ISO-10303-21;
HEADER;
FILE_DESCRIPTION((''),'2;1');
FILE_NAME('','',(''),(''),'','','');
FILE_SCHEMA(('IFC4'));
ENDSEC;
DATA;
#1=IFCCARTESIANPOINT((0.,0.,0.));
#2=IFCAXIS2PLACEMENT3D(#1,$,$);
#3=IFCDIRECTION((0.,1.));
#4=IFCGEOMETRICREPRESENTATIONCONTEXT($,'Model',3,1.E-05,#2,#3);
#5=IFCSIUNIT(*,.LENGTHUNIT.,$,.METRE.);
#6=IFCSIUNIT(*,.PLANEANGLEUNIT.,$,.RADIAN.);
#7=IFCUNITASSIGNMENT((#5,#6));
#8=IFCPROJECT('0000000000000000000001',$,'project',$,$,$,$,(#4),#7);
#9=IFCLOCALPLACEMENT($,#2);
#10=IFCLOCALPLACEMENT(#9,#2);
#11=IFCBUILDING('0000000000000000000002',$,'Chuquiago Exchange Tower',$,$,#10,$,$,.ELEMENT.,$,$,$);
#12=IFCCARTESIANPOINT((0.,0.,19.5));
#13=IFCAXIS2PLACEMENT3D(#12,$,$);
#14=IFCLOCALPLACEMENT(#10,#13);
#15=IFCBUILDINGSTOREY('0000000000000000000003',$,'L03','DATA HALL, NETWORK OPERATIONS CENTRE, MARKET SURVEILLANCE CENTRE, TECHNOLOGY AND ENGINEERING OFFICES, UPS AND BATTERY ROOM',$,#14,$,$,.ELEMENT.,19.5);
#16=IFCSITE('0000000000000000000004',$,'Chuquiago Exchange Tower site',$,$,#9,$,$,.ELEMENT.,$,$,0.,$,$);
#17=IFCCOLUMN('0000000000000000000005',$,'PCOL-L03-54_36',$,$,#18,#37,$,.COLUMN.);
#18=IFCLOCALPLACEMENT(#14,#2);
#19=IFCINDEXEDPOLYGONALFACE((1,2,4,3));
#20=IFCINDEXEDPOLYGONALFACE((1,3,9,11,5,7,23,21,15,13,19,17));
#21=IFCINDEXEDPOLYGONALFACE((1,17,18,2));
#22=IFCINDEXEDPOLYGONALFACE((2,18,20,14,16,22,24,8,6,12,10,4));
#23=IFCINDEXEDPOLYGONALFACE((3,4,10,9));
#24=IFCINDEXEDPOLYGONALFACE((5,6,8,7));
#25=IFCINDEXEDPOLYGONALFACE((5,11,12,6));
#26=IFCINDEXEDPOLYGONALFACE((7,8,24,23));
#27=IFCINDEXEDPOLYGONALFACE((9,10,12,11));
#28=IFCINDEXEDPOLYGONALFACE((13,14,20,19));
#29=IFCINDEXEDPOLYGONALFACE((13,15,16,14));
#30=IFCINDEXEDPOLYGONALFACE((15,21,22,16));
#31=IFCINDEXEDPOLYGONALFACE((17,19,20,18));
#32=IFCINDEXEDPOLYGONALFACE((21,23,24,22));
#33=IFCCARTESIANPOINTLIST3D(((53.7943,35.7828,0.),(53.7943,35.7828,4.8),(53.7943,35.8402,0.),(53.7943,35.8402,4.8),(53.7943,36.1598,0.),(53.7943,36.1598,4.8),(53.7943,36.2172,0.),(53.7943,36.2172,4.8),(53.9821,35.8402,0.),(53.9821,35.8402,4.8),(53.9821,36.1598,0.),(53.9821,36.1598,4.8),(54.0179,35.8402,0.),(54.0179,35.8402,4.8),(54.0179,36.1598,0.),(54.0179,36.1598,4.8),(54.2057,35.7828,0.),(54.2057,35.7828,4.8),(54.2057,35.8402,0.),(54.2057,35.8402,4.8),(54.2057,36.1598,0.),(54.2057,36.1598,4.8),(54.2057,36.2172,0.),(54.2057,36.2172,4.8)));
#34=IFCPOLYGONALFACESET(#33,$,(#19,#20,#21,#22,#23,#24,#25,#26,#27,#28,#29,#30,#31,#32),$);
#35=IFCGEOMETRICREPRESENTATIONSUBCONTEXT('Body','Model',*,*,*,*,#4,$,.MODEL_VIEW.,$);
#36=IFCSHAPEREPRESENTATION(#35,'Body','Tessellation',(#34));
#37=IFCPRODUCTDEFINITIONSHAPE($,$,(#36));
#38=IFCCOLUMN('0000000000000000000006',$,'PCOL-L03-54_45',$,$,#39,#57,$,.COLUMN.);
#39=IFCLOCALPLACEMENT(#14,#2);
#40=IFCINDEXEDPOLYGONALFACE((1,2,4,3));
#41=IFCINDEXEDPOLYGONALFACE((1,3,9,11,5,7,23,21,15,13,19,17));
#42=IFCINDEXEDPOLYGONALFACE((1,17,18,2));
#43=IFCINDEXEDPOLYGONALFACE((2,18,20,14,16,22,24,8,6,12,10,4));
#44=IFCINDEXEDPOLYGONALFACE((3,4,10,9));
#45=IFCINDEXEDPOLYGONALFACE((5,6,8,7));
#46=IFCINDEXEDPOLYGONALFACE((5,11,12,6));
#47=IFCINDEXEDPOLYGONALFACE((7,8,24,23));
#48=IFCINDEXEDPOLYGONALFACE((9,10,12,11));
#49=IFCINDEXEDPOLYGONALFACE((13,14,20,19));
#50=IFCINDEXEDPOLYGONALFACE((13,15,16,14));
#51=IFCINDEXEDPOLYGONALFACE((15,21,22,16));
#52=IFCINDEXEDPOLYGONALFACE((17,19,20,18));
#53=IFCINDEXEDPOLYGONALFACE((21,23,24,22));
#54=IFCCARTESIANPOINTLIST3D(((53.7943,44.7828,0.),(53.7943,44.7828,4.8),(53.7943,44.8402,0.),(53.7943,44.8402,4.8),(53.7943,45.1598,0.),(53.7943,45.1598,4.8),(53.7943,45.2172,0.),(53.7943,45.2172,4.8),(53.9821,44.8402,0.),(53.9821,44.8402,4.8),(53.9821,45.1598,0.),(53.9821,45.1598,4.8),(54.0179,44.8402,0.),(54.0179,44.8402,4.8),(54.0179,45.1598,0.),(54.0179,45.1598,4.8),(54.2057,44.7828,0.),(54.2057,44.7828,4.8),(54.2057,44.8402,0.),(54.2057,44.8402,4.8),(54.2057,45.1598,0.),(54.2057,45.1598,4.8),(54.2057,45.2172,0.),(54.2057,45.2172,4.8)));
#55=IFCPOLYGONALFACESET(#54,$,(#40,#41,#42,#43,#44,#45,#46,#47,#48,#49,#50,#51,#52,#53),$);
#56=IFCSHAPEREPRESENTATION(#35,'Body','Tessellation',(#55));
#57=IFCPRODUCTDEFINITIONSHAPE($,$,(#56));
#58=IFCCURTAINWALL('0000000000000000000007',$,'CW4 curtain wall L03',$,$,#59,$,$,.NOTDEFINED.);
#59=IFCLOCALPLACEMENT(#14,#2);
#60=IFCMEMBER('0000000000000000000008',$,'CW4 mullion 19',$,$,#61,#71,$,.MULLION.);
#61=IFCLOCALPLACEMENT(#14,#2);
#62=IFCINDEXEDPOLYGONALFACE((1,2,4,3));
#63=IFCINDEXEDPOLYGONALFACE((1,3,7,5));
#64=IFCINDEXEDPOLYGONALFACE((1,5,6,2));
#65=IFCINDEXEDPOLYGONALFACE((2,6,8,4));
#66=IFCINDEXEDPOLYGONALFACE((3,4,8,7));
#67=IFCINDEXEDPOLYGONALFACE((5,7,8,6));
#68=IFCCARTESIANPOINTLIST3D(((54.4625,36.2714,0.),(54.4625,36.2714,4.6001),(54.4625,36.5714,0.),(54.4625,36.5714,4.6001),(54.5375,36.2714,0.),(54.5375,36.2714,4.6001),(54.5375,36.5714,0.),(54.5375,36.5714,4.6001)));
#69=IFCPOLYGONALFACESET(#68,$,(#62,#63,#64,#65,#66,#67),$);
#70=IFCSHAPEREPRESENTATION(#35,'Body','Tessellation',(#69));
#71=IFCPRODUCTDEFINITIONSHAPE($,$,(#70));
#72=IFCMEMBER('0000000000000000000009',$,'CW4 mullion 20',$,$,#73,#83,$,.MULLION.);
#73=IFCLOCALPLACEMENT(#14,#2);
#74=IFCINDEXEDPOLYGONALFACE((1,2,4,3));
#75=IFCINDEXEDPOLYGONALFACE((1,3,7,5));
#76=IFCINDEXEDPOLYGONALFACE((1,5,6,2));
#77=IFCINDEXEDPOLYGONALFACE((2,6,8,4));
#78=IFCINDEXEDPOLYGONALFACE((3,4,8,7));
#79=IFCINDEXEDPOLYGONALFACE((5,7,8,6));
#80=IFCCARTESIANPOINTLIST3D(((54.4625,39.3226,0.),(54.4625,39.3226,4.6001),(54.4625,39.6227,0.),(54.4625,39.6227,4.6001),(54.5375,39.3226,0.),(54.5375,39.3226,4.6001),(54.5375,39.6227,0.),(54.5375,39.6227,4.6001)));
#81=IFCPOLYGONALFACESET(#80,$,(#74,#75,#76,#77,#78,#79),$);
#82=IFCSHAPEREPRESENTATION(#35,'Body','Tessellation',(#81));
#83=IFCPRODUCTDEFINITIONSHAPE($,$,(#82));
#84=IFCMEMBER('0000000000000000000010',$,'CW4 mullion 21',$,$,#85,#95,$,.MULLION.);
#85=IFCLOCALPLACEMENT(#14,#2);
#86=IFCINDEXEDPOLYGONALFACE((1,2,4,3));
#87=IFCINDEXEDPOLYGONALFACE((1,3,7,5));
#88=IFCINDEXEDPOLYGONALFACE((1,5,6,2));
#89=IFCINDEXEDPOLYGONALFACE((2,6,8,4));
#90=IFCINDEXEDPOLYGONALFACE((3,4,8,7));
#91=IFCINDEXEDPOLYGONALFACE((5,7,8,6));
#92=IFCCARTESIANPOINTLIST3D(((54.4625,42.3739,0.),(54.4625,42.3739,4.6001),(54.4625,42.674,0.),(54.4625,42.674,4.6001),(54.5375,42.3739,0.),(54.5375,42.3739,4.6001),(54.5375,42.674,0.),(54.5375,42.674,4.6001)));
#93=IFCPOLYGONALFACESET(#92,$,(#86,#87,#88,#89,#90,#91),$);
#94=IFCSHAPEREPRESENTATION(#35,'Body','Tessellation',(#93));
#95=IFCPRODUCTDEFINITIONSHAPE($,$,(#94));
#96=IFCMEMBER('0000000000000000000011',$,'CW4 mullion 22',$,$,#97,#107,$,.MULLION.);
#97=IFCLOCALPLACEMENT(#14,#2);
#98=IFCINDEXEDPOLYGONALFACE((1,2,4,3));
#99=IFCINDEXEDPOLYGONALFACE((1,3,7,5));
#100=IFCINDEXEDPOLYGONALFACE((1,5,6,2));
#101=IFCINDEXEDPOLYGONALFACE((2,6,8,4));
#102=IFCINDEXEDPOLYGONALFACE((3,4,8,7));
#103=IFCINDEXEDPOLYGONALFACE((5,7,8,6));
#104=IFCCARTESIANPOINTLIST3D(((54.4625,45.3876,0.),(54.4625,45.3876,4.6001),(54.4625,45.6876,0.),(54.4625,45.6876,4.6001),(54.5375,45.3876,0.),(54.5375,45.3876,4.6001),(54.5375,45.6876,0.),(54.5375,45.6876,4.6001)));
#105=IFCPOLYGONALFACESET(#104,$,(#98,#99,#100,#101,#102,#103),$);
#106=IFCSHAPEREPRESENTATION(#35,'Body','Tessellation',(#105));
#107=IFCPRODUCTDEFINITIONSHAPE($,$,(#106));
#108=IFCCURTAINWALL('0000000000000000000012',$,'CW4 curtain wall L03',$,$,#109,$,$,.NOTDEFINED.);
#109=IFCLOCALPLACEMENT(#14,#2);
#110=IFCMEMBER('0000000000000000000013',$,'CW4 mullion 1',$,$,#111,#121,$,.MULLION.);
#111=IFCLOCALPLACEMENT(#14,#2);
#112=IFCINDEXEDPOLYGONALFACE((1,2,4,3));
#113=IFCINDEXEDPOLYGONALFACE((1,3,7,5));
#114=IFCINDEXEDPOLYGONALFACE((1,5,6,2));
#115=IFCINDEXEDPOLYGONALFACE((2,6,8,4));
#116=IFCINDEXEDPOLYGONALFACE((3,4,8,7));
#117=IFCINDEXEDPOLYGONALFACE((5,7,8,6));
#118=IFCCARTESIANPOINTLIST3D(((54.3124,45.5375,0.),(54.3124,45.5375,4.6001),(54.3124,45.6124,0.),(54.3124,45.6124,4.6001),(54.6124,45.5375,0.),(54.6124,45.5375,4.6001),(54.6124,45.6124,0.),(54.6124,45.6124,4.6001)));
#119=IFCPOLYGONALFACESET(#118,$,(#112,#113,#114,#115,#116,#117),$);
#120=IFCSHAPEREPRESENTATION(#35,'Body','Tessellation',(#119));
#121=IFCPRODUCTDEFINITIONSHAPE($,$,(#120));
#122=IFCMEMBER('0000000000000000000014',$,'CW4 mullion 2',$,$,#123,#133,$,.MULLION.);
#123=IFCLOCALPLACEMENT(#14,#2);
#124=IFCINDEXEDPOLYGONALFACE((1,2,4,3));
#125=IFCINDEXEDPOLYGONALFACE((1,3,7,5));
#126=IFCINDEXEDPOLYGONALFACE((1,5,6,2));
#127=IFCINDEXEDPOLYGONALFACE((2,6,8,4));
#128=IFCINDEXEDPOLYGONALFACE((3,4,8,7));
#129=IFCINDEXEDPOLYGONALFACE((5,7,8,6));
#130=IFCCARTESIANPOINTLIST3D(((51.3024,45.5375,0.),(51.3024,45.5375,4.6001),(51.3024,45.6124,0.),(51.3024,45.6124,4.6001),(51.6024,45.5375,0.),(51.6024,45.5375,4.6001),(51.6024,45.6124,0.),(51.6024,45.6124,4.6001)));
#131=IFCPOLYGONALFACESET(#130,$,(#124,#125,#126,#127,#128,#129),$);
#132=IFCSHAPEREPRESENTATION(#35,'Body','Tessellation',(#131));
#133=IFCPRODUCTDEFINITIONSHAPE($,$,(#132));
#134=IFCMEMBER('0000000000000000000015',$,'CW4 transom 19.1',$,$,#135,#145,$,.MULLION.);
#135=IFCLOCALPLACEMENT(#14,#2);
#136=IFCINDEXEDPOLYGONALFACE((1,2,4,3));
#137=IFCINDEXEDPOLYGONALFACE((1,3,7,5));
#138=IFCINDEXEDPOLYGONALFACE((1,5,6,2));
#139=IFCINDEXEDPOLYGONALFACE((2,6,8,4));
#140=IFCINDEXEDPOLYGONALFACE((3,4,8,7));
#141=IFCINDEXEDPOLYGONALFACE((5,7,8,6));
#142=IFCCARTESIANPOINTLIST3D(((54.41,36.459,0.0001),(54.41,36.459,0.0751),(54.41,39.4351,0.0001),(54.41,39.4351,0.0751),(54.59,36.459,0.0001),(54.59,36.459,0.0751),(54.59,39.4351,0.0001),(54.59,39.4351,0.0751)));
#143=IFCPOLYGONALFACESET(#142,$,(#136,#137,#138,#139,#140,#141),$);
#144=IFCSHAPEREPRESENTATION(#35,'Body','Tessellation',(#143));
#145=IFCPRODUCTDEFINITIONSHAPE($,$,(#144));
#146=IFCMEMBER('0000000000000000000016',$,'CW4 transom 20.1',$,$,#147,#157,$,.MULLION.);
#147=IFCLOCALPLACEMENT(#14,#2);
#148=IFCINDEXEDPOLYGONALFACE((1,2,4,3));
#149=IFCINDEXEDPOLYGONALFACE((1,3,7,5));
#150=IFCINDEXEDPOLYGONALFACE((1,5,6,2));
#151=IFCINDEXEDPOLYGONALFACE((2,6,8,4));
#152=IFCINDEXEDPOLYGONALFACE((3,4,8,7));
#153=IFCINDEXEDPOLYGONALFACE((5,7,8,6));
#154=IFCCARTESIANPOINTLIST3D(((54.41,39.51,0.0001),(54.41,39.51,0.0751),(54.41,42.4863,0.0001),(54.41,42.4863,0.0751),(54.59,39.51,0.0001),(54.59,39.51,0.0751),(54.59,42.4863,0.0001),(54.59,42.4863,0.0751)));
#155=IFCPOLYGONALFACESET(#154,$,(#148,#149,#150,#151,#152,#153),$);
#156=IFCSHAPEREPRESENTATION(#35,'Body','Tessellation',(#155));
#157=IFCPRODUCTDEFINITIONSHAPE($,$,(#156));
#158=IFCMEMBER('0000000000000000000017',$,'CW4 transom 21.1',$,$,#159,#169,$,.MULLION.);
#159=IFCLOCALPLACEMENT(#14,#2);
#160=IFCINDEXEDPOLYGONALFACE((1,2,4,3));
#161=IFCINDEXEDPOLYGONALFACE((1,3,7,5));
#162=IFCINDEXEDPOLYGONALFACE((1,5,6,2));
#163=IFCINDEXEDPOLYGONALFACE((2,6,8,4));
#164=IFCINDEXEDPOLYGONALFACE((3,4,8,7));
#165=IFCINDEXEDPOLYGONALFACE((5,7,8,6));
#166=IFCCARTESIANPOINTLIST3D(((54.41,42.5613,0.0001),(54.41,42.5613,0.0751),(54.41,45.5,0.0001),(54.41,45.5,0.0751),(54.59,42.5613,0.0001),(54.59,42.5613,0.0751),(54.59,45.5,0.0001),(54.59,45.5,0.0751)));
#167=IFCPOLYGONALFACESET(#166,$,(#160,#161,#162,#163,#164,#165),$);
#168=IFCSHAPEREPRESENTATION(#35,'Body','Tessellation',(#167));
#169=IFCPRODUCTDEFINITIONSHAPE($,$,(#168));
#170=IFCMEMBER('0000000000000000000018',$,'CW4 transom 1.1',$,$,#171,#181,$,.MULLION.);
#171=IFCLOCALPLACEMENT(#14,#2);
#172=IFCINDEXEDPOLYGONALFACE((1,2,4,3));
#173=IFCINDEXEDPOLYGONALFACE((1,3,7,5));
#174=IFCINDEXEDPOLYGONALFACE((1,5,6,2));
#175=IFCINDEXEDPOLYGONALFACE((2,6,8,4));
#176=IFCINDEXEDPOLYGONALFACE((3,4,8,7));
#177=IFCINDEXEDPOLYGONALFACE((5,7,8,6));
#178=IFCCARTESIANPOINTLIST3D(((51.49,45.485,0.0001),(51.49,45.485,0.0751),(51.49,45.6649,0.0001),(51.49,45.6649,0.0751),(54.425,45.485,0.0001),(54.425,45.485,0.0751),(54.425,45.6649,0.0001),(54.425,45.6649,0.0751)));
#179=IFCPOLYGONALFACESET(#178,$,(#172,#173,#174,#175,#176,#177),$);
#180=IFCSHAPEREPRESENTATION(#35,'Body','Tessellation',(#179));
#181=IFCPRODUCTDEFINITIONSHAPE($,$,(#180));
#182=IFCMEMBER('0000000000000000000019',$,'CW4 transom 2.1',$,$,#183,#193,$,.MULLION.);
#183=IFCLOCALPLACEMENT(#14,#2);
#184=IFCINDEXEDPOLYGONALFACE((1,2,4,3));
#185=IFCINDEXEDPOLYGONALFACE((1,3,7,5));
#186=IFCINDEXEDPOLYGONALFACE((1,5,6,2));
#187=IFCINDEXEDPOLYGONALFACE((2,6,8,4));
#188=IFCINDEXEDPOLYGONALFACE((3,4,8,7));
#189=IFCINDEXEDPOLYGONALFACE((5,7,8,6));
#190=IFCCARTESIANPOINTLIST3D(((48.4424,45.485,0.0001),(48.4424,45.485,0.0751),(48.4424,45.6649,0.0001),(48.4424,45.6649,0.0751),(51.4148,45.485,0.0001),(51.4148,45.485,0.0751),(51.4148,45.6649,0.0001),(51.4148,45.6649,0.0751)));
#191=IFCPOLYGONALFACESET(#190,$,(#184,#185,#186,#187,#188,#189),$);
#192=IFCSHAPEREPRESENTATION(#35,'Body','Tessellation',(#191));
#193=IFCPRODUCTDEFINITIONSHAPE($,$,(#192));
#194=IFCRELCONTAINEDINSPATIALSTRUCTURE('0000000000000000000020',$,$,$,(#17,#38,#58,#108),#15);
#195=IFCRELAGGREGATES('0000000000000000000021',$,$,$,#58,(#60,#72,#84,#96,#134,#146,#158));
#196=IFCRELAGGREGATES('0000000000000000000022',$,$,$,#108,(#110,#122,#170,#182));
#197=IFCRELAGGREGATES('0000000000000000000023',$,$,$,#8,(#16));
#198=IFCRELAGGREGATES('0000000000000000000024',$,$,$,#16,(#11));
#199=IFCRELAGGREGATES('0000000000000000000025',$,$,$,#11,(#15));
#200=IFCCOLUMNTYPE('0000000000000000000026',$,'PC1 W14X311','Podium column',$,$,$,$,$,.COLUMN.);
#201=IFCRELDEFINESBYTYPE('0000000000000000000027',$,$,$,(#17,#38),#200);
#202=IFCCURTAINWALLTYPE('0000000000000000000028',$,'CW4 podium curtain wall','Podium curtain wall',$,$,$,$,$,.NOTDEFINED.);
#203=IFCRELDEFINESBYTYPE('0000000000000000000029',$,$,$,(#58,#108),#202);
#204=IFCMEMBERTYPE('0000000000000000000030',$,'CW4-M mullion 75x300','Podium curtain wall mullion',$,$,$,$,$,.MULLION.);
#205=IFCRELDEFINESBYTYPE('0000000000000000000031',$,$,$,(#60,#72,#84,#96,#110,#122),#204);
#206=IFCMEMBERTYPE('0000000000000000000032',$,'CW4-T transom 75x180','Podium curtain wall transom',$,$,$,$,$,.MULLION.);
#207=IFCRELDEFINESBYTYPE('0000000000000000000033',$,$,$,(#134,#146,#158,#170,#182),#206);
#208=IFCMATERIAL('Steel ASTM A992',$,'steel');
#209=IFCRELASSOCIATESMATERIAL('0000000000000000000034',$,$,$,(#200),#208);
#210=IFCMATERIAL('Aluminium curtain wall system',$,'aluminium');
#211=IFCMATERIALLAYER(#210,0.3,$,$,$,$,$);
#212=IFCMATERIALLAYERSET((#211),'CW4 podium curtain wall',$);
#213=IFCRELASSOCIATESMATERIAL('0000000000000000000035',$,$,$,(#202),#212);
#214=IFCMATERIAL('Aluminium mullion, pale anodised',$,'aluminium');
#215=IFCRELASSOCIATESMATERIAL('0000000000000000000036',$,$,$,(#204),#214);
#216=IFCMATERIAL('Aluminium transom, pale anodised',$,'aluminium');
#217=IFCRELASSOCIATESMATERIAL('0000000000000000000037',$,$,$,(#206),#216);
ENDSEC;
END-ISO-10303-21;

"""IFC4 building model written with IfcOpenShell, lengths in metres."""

from ifc_helpers import new_model, si_unit, direction, frame, origin, origin_2d, place, context, subcontext, project, spatial, rectangle, i_section, extrude, material, layer, layer_set, material_profile, profile_set, type_object, element, aggregate, save


model = new_model("IFC4")

# Units and contexts
model_context = context("Model", 3, precision=1e-05, world=origin(), true_north=direction((0.0, 1.0)))
body_context = subcontext(model_context, "Body", "Model", "MODEL_VIEW")
ifc_project = project(units=[si_unit("LENGTHUNIT", "METRE"), si_unit("PLANEANGLEUNIT", "RADIAN")], contexts=[model_context])

# Site, building, storey
site_placement = place(None, origin())
site = spatial("IfcSite", under=ifc_project, at=site_placement, Name="Chuquiago Exchange Tower site", CompositionType="ELEMENT", RefElevation=0.0)
building_placement = place(site_placement, origin())
building = spatial("IfcBuilding", under=site, at=building_placement, Name="Chuquiago Exchange Tower", CompositionType="ELEMENT")
storey_placement = place(building_placement, frame((0.0, 0.0, 19.5)))
storey = spatial("IfcBuildingStorey", under=building, at=storey_placement, Name="L03", Description="DATA HALL, NETWORK OPERATIONS CENTRE, MARKET SURVEILLANCE CENTRE, TECHNOLOGY AND ENGINEERING OFFICES, UPS AND BATTERY ROOM", CompositionType="ELEMENT", Elevation=19.5)

# Columns
ifc_material_1 = material(Name="Steel ASTM A992", Category="steel")
ifc_material_profile_1 = material_profile(ifc_material_1, i_section(OverallWidth=0.4114, OverallDepth=0.4343, WebThickness=0.0359, FlangeThickness=0.0574, at=origin_2d()), Name="W14X311")
ifc_profile_set_1 = profile_set([ifc_material_profile_1], Name="Steel ASTM A992")
column_type = type_object("IfcColumnType", Name="PC1 W14X311", Description="Podium column", PredefinedType="COLUMN", material=ifc_profile_set_1)
for number, where, z_axis, x_axis, name in (
    (1, (54.0, 36.0, 0.0), (0.0, 0.0, 1.0), (1.0, 0.0, 0.0), "PCOL-L03-54_36"),
    (2, (54.0, 45.0, 0.0), (0.0, 0.0, 1.0), (1.0, 0.0, 0.0), "PCOL-L03-54_45"),
):
    element("IfcColumn", number, at=place(storey_placement, frame(where, z_axis=z_axis, x_axis=x_axis)), inside=storey, type_object=column_type, Name=name, PredefinedType="COLUMN", context=body_context, shape_type="SweptSolid", body=[
        extrude(i_section(OverallWidth=0.4114, OverallDepth=0.4343, WebThickness=0.0359, FlangeThickness=0.0574, at=origin_2d()), origin(), (0.0, 0.0, 1.0), 4.8),
    ])

# Curtain walls, members
ifc_material_2 = material(Name="Aluminium curtain wall system", Category="aluminium")
ifc_layer_1 = layer(ifc_material_2, 0.3)
ifc_layer_set_1 = layer_set([ifc_layer_1], Name="CW4 podium curtain wall")
curtain_wall_type = type_object("IfcCurtainWallType", Name="CW4 podium curtain wall", Description="Podium curtain wall", PredefinedType="NOTDEFINED", material=ifc_layer_set_1)
curtain_wall_1_placement = place(storey_placement, origin())
curtain_wall_1 = element("IfcCurtainWall", 3, at=curtain_wall_1_placement, inside=storey, type_object=curtain_wall_type, Name="CW4 curtain wall L03", PredefinedType="NOTDEFINED")
ifc_material_3 = material(Name="Aluminium mullion, pale anodised", Category="aluminium")
ifc_material_profile_2 = material_profile(ifc_material_3, rectangle(XDim=0.075, YDim=0.3, at=origin_2d()), Name="AL 75x300")
ifc_profile_set_2 = profile_set([ifc_material_profile_2], Name="Aluminium mullion, pale anodised")
member_type_1 = type_object("IfcMemberType", Name="CW4-M mullion 75x300", Description="Podium curtain wall mullion", PredefinedType="MULLION", material=ifc_profile_set_2)
member_1_placement = place(storey_placement, frame((54.5, 36.4214, 0.0), z_axis=(0.0, 0.0, 1.0), x_axis=(-1.0, 0.0, 0.0)))
member_1 = element("IfcMember", 4, at=member_1_placement, type_object=member_type_1, Name="CW4 mullion 19", PredefinedType="MULLION", context=body_context, shape_type="SweptSolid", body=[
    extrude(rectangle(XDim=0.075, YDim=0.3, at=origin_2d()), origin(), (0.0, 0.0, 1.0), 4.6001),
])
member_2_placement = place(storey_placement, frame((54.5, 39.4727, 0.0), z_axis=(0.0, 0.0, 1.0), x_axis=(-1.0, 0.0, 0.0)))
member_2 = element("IfcMember", 5, at=member_2_placement, type_object=member_type_1, Name="CW4 mullion 20", PredefinedType="MULLION", context=body_context, shape_type="SweptSolid", body=[
    extrude(rectangle(XDim=0.075, YDim=0.3, at=origin_2d()), origin(), (0.0, 0.0, 1.0), 4.6001),
])
member_3_placement = place(storey_placement, frame((54.5, 42.5239, 0.0), z_axis=(0.0, 0.0, 1.0), x_axis=(-1.0, 0.0, 0.0)))
member_3 = element("IfcMember", 6, at=member_3_placement, type_object=member_type_1, Name="CW4 mullion 21", PredefinedType="MULLION", context=body_context, shape_type="SweptSolid", body=[
    extrude(rectangle(XDim=0.075, YDim=0.3, at=origin_2d()), origin(), (0.0, 0.0, 1.0), 4.6001),
])
member_4_placement = place(storey_placement, frame((54.5, 45.5376, 0.0), z_axis=(0.0, 0.0, 1.0), x_axis=(-1.0, 0.0, 0.0)))
member_4 = element("IfcMember", 7, at=member_4_placement, type_object=member_type_1, Name="CW4 mullion 22", PredefinedType="MULLION", context=body_context, shape_type="SweptSolid", body=[
    extrude(rectangle(XDim=0.075, YDim=0.3, at=origin_2d()), origin(), (0.0, 0.0, 1.0), 4.6001),
])
curtain_wall_2_placement = place(storey_placement, origin())
curtain_wall_2 = element("IfcCurtainWall", 8, at=curtain_wall_2_placement, inside=storey, type_object=curtain_wall_type, Name="CW4 curtain wall L03", PredefinedType="NOTDEFINED")
member_5_placement = place(storey_placement, frame((54.4624, 45.575, 0.0), z_axis=(0.0, 0.0, 1.0), x_axis=(0.0, -1.0, 0.0)))
member_5 = element("IfcMember", 9, at=member_5_placement, type_object=member_type_1, Name="CW4 mullion 1", PredefinedType="MULLION", context=body_context, shape_type="SweptSolid", body=[
    extrude(rectangle(XDim=0.075, YDim=0.3, at=origin_2d()), origin(), (0.0, 0.0, 1.0), 4.6001),
])
member_6_placement = place(storey_placement, frame((51.4524, 45.575, 0.0), z_axis=(0.0, 0.0, 1.0), x_axis=(0.0, -1.0, 0.0)))
member_6 = element("IfcMember", 10, at=member_6_placement, type_object=member_type_1, Name="CW4 mullion 2", PredefinedType="MULLION", context=body_context, shape_type="SweptSolid", body=[
    extrude(rectangle(XDim=0.075, YDim=0.3, at=origin_2d()), origin(), (0.0, 0.0, 1.0), 4.6001),
])

# Members
ifc_material_4 = material(Name="Aluminium transom, pale anodised", Category="aluminium")
ifc_material_profile_3 = material_profile(ifc_material_4, rectangle(XDim=0.1799, YDim=0.075, at=origin_2d()), Name="AL 180x75")
ifc_profile_set_3 = profile_set([ifc_material_profile_3], Name="Aluminium transom, pale anodised")
member_type_2 = type_object("IfcMemberType", Name="CW4-T transom 75x180", Description="Podium curtain wall transom", PredefinedType="MULLION", material=ifc_profile_set_3)
member_7_placement = place(storey_placement, frame((54.5, 36.459, 0.0376), z_axis=(0.0, 1.0, 0.0), x_axis=(-1.0, 0.0, 0.0)))
member_7 = element("IfcMember", 11, at=member_7_placement, type_object=member_type_2, Name="CW4 transom 19.1", PredefinedType="MULLION", context=body_context, shape_type="SweptSolid", body=[
    extrude(rectangle(XDim=0.1799, YDim=0.075, at=origin_2d()), origin(), (0.0, 0.0, 1.0), 2.9761),
])
member_8_placement = place(storey_placement, frame((54.5, 39.51, 0.0376), z_axis=(0.0, 1.0, 0.0), x_axis=(-1.0, 0.0, 0.0)))
member_8 = element("IfcMember", 12, at=member_8_placement, type_object=member_type_2, Name="CW4 transom 20.1", PredefinedType="MULLION", context=body_context, shape_type="SweptSolid", body=[
    extrude(rectangle(XDim=0.1799, YDim=0.075, at=origin_2d()), origin(), (0.0, 0.0, 1.0), 2.9763),
])
member_9_placement = place(storey_placement, frame((54.5, 42.5613, 0.0376), z_axis=(0.0, 1.0, 0.0), x_axis=(-1.0, 0.0, 0.0)))
member_9 = element("IfcMember", 13, at=member_9_placement, type_object=member_type_2, Name="CW4 transom 21.1", PredefinedType="MULLION", context=body_context, shape_type="SweptSolid", body=[
    extrude(rectangle(XDim=0.1799, YDim=0.075, at=origin_2d()), origin(), (0.0, 0.0, 1.0), 2.9387),
])
member_10_placement = place(storey_placement, frame((54.425, 45.575, 0.0376), z_axis=(-1.0, 0.0, 0.0), x_axis=(0.0, -1.0, 0.0)))
member_10 = element("IfcMember", 14, at=member_10_placement, type_object=member_type_2, Name="CW4 transom 1.1", PredefinedType="MULLION", context=body_context, shape_type="SweptSolid", body=[
    extrude(rectangle(XDim=0.1799, YDim=0.075, at=origin_2d()), origin(), (0.0, 0.0, 1.0), 2.9351),
])
member_11_placement = place(storey_placement, frame((51.4148, 45.575, 0.0376), z_axis=(-1.0, 0.0, 0.0), x_axis=(0.0, -1.0, 0.0)))
member_11 = element("IfcMember", 15, at=member_11_placement, type_object=member_type_2, Name="CW4 transom 2.1", PredefinedType="MULLION", context=body_context, shape_type="SweptSolid", body=[
    extrude(rectangle(XDim=0.1799, YDim=0.075, at=origin_2d()), origin(), (0.0, 0.0, 1.0), 2.9724),
])

aggregate(curtain_wall_1, [member_1, member_2, member_3, member_4, member_7, member_8, member_9])
aggregate(curtain_wall_2, [member_5, member_6, member_10, member_11])

save(model, "model.ifc")
